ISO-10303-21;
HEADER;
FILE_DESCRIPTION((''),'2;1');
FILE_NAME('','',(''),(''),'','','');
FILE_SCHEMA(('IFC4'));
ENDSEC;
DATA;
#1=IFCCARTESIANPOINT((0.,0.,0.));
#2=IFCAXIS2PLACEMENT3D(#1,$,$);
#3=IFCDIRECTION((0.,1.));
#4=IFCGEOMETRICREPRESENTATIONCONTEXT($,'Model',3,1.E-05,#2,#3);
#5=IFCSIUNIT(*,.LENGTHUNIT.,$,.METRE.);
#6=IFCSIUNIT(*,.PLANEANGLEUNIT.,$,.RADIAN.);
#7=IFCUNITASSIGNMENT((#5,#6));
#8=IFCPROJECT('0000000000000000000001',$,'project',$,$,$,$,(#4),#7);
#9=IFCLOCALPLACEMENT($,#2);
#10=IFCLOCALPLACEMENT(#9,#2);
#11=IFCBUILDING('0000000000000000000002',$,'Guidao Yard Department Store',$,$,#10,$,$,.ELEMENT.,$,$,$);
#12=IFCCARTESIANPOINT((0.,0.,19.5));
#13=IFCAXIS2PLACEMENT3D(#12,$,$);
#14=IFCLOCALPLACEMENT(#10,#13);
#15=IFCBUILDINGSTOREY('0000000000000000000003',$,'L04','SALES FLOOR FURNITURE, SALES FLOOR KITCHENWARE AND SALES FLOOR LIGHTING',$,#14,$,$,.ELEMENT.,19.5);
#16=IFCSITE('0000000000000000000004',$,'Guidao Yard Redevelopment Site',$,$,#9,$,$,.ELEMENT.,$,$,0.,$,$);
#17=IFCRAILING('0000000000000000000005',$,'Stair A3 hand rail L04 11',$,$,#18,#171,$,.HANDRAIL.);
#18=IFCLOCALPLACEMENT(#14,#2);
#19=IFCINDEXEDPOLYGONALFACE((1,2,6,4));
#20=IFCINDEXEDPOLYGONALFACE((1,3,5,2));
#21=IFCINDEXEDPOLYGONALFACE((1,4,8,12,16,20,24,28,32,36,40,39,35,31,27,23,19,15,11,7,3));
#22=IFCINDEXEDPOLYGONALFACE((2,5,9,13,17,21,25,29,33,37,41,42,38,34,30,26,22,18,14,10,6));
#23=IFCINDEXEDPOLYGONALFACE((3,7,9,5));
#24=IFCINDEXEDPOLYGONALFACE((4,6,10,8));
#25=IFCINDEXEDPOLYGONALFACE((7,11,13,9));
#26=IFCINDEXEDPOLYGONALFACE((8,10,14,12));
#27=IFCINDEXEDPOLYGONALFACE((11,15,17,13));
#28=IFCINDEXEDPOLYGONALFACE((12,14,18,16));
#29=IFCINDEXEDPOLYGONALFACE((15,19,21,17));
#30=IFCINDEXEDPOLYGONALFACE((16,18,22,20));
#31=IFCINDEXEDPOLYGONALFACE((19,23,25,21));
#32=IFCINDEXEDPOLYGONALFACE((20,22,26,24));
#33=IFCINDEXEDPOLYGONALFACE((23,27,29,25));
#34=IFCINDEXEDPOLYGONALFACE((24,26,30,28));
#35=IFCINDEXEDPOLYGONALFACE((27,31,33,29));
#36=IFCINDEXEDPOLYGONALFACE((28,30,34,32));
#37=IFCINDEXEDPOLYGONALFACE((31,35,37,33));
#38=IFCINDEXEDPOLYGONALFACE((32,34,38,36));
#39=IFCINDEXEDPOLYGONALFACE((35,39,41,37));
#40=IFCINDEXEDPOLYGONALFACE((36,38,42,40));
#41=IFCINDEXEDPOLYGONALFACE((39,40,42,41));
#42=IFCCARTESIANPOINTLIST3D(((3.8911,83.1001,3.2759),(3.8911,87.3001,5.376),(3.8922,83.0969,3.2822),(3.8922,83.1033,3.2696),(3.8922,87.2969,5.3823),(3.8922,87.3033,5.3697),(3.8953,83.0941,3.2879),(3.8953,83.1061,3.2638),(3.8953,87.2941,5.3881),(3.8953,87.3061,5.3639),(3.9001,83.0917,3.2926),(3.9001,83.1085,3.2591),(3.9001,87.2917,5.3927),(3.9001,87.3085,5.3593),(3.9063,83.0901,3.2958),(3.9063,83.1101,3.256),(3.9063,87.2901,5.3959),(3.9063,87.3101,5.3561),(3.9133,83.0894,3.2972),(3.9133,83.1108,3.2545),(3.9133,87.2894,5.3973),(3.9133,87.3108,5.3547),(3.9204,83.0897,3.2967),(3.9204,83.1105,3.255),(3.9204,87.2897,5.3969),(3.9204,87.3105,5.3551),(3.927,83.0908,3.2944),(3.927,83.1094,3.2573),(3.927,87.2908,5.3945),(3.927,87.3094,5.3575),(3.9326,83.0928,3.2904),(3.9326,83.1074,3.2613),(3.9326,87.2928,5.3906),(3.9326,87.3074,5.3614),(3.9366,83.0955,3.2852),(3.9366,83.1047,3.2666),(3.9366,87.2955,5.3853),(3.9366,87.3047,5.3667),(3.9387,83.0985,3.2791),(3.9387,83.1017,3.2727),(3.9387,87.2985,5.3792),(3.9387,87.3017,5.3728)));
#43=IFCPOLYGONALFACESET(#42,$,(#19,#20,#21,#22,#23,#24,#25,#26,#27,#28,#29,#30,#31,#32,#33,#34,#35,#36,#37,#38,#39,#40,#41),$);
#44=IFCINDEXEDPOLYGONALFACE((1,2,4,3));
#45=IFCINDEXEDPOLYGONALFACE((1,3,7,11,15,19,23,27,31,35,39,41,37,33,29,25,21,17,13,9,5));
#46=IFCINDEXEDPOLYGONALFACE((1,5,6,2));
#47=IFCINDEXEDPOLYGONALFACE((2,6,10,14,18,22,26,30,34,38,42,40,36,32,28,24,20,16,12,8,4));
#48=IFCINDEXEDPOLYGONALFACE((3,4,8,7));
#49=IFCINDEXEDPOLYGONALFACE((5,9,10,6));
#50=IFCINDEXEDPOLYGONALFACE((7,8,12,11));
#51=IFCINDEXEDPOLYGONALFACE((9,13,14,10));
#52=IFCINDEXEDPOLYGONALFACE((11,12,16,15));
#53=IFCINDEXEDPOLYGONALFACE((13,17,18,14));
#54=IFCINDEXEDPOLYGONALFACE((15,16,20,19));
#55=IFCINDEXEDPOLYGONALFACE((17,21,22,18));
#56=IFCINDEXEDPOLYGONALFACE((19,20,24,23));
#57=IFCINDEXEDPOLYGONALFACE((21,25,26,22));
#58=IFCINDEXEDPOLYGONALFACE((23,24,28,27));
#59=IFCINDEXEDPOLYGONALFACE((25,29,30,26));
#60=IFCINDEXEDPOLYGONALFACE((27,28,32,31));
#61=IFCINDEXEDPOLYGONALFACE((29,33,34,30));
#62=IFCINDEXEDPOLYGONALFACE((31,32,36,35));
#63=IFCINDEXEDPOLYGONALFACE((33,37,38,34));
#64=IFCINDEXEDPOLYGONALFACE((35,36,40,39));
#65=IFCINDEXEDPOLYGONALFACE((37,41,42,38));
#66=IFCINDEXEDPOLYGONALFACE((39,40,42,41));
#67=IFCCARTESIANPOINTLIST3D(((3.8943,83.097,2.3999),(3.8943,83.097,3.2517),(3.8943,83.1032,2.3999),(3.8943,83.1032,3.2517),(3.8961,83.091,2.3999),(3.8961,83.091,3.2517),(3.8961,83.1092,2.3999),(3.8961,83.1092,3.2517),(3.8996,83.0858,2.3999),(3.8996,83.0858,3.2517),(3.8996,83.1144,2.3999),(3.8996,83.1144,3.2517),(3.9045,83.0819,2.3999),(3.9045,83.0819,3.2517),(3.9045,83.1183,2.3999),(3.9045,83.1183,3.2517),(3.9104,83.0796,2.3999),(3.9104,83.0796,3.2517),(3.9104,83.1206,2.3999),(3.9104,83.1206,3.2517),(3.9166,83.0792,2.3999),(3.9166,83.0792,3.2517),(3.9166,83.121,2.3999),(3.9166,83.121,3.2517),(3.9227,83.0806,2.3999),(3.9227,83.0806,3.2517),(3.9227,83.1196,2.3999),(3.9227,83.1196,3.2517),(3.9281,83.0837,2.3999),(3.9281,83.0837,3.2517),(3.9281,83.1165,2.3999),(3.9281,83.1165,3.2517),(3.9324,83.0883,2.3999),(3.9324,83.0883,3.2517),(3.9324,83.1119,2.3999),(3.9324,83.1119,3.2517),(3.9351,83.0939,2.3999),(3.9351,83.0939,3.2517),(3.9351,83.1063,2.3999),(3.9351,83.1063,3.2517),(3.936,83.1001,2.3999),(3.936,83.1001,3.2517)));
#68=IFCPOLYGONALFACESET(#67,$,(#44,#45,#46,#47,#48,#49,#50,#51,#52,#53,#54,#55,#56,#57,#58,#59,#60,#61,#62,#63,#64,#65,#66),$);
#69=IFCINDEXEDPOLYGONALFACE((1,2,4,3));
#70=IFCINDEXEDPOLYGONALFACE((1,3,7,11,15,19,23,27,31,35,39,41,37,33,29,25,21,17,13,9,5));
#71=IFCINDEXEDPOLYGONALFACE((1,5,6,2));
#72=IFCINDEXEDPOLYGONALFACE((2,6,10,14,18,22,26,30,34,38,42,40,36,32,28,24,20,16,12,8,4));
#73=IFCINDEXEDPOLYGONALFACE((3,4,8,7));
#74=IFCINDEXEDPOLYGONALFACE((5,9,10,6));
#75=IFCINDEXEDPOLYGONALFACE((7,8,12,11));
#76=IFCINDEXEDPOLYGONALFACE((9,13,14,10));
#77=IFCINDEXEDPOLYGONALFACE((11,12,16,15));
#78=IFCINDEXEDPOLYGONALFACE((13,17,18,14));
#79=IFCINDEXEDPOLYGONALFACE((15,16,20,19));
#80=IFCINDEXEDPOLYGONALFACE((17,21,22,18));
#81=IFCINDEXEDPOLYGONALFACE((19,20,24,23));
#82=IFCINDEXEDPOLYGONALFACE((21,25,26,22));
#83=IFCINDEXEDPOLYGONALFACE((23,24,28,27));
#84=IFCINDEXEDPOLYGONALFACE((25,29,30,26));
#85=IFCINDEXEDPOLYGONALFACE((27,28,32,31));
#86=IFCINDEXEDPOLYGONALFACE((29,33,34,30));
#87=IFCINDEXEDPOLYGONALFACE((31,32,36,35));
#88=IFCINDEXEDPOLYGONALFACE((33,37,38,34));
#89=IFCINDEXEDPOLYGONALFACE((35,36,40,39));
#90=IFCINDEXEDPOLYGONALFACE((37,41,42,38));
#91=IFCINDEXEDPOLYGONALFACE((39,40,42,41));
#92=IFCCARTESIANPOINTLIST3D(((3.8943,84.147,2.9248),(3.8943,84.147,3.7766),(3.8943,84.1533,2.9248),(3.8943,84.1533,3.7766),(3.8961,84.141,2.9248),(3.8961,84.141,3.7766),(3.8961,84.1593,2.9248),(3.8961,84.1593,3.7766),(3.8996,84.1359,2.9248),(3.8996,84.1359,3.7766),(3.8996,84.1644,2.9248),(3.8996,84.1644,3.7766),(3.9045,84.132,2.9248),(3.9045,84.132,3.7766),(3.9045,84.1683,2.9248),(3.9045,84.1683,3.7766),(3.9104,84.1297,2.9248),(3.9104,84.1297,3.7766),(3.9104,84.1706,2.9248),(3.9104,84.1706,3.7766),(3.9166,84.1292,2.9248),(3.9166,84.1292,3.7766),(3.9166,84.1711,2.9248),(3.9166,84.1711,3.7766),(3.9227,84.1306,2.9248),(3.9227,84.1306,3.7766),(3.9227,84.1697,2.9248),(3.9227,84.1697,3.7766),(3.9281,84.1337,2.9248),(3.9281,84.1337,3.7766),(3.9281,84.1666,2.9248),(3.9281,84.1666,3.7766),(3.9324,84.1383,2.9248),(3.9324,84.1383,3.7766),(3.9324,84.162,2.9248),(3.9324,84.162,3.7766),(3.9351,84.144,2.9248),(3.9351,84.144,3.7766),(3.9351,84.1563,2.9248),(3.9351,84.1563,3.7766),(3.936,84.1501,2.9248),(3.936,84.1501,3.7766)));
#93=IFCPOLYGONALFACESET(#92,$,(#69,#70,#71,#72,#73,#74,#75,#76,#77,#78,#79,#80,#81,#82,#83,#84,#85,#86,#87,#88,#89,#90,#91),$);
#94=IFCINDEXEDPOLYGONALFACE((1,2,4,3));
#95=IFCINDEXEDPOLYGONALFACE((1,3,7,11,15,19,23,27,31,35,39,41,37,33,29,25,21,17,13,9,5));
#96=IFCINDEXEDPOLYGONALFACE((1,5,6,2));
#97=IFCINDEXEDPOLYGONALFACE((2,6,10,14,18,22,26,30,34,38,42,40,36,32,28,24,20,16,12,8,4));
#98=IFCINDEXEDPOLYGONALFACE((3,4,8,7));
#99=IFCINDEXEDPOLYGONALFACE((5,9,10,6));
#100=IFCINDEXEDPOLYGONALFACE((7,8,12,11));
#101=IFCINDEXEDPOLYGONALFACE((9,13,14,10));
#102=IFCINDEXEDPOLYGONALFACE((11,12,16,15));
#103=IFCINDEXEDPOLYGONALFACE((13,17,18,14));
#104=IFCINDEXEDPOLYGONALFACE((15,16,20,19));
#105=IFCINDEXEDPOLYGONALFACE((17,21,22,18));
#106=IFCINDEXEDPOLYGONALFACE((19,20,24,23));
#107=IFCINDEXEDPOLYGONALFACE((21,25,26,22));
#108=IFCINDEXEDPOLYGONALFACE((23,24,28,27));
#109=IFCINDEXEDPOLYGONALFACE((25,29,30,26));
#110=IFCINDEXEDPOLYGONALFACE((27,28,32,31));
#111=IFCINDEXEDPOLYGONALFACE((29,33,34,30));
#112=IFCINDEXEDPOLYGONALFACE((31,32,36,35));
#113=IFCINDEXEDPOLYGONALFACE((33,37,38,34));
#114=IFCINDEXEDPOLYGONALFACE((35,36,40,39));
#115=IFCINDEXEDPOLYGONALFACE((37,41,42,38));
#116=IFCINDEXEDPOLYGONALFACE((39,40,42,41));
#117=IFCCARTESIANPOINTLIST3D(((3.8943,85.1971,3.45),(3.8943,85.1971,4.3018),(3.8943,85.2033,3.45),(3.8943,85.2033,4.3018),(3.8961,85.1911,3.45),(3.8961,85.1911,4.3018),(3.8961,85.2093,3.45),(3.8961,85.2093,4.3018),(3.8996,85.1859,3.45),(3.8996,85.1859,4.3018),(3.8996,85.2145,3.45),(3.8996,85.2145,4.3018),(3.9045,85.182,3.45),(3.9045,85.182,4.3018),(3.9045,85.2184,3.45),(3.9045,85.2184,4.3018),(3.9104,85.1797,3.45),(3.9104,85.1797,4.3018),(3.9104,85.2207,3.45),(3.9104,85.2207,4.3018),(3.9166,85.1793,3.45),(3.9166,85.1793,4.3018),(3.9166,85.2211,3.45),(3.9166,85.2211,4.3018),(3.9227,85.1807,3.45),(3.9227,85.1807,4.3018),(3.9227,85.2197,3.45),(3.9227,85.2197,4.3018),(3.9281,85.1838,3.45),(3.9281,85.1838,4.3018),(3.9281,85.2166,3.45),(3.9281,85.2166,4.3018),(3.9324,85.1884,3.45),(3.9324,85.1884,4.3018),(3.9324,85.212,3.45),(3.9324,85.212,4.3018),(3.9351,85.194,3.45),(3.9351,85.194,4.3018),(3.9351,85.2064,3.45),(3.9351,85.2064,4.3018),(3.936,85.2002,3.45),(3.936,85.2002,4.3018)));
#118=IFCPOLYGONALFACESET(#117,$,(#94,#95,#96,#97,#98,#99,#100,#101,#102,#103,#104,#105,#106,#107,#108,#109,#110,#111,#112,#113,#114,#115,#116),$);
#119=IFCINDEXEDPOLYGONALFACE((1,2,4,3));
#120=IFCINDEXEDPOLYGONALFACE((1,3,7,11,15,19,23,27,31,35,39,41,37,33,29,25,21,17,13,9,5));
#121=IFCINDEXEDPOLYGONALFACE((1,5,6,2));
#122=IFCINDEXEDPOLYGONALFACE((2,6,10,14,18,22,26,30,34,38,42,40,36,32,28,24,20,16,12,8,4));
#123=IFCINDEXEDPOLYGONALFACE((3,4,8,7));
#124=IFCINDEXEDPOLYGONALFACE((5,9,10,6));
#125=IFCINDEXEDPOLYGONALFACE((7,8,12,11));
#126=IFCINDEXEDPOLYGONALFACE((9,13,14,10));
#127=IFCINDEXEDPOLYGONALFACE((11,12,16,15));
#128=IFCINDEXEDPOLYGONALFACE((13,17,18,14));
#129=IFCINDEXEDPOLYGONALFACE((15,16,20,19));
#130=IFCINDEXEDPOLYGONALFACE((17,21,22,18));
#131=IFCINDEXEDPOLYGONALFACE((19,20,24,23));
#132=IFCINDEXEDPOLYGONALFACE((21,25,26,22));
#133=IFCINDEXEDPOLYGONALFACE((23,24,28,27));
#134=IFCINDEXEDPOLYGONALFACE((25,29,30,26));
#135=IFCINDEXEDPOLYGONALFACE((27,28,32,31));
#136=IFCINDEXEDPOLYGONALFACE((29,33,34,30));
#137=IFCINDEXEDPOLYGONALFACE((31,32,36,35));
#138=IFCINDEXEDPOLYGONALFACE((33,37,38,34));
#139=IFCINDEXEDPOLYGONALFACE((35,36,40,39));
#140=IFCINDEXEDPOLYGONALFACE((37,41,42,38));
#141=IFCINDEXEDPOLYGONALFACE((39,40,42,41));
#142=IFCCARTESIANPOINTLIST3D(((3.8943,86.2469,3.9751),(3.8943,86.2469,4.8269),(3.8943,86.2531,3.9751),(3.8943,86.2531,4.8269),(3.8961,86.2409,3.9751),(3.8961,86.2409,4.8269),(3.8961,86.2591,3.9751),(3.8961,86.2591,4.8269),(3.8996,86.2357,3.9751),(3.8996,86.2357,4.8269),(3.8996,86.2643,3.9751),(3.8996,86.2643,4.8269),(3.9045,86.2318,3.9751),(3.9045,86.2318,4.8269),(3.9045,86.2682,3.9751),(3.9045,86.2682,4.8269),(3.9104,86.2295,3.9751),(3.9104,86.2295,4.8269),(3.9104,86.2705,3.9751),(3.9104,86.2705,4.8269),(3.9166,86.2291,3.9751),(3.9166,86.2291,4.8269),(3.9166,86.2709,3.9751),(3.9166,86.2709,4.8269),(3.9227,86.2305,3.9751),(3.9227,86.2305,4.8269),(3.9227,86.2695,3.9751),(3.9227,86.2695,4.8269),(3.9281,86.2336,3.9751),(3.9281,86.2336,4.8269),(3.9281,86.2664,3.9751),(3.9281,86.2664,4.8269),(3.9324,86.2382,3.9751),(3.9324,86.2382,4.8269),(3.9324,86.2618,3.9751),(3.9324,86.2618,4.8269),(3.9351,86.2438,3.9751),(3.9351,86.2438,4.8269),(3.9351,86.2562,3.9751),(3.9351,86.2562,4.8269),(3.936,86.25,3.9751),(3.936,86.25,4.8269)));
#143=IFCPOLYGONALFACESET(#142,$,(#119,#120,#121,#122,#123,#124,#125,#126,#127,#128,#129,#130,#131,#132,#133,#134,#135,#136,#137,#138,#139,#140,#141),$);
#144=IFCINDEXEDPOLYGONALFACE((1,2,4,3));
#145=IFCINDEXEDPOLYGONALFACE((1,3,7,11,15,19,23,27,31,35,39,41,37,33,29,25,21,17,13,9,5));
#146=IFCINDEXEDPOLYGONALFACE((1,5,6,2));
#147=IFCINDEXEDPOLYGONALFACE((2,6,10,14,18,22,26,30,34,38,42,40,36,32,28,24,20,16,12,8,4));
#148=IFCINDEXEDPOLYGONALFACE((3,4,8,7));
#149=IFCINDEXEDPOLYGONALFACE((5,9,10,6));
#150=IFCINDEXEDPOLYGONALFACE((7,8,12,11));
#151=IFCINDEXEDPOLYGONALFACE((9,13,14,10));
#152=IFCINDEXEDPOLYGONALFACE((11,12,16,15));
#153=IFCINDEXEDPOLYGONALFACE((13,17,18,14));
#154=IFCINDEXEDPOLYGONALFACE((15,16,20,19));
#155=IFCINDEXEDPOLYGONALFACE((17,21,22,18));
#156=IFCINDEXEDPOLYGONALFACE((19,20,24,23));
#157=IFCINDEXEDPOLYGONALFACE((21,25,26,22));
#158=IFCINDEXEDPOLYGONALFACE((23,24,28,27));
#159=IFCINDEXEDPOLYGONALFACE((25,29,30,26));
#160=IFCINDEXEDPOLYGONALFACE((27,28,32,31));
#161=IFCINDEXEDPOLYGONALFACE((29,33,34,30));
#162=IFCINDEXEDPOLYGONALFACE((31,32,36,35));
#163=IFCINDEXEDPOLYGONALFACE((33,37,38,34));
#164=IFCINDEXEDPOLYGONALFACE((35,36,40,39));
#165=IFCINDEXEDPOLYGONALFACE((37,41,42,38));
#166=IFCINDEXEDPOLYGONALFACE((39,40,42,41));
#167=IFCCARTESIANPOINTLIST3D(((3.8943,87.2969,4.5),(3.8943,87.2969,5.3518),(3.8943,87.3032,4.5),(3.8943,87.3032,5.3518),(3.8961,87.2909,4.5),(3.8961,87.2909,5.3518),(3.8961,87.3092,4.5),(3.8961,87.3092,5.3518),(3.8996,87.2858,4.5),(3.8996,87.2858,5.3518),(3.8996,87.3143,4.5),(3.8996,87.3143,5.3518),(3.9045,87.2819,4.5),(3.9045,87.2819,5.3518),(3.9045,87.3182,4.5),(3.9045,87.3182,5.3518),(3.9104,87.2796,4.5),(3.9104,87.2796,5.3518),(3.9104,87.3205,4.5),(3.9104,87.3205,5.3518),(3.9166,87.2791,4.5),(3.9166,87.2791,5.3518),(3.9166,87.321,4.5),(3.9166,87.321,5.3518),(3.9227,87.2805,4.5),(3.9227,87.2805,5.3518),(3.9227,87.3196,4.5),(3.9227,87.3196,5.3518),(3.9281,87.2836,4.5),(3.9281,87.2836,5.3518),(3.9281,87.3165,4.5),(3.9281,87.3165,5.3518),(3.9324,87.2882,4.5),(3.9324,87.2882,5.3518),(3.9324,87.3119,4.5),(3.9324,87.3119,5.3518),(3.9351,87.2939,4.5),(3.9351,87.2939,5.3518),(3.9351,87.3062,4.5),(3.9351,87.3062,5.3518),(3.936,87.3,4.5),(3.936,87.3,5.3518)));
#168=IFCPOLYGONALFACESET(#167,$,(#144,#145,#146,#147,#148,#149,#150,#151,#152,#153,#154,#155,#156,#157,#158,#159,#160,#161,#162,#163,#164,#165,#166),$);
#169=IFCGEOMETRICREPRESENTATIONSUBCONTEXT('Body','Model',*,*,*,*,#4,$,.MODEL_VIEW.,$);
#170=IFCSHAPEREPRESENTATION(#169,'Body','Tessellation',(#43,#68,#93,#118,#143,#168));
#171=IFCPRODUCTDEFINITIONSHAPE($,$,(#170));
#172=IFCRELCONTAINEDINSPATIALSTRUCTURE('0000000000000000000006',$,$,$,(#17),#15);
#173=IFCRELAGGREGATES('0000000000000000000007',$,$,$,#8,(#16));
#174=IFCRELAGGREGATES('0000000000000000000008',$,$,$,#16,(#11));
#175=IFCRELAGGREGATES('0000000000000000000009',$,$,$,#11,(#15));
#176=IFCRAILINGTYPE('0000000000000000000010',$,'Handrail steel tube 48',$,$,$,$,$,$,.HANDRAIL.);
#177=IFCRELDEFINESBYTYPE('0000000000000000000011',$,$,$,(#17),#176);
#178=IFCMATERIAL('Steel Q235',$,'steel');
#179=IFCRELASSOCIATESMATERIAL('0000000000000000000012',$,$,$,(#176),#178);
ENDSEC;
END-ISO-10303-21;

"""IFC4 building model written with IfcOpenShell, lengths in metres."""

from ifc_helpers import new_model, si_unit, direction, frame, origin, origin_2d, place, context, subcontext, project, spatial, circle, extrude, material, type_object, element, save


model = new_model("IFC4")

# Units and contexts
model_context = context("Model", 3, precision=1e-05, world=origin(), true_north=direction((0.0, 1.0)))
body_context = subcontext(model_context, "Body", "Model", "MODEL_VIEW")
ifc_project = project(units=[si_unit("LENGTHUNIT", "METRE"), si_unit("PLANEANGLEUNIT", "RADIAN")], contexts=[model_context])

# Site, building, storey
site_placement = place(None, origin())
site = spatial("IfcSite", under=ifc_project, at=site_placement, Name="Guidao Yard Redevelopment Site", CompositionType="ELEMENT", RefElevation=0.0)
building_placement = place(site_placement, origin())
building = spatial("IfcBuilding", under=site, at=building_placement, Name="Guidao Yard Department Store", CompositionType="ELEMENT")
storey_placement = place(building_placement, frame((0.0, 0.0, 19.5)))
storey = spatial("IfcBuildingStorey", under=building, at=storey_placement, Name="L04", Description="SALES FLOOR FURNITURE, SALES FLOOR KITCHENWARE AND SALES FLOOR LIGHTING", CompositionType="ELEMENT", Elevation=19.5)

# Railing
ifc_material_1 = material(Name="Steel Q235", Category="steel")
railing_type_1 = type_object("IfcRailingType", Name="Handrail steel tube 48", PredefinedType="HANDRAIL", material=ifc_material_1)
for number, where, name in (
    (1, (3.915, 83.1001, 2.3999), "Stair A3 hand rail L04 11"),
):
    element("IfcRailing", number, at=place(storey_placement, frame(where)), inside=storey, type_object=railing_type_1, Name=name, PredefinedType="HANDRAIL", context=body_context, shape_type="SweptSolid", body=[
        extrude(circle(Radius=0.0239, at=origin_2d()), frame((0.0, 0.0, 0.876), z_axis=(0.0, 0.894417, 0.447234), x_axis=(-1.0, 0.0, 0.0)), (0.0, 0.0, 1.0), 4.6958),
        extrude(circle(Radius=0.021, at=origin_2d()), origin(), (0.0, 0.0, 1.0), 0.8518),
        extrude(circle(Radius=0.021, at=origin_2d()), frame((0.0, 1.05, 0.5249)), (0.0, 0.0, 1.0), 0.8518),
        extrude(circle(Radius=0.021, at=origin_2d()), frame((0.0, 2.1001, 1.05)), (0.0, 0.0, 1.0), 0.8518),
        extrude(circle(Radius=0.021, at=origin_2d()), frame((0.0, 3.1499, 1.5752)), (0.0, 0.0, 1.0), 0.8518),
        extrude(circle(Radius=0.021, at=origin_2d()), frame((0.0, 4.2, 2.1001)), (0.0, 0.0, 1.0), 0.8518),
    ])

save(model, "model.ifc")
